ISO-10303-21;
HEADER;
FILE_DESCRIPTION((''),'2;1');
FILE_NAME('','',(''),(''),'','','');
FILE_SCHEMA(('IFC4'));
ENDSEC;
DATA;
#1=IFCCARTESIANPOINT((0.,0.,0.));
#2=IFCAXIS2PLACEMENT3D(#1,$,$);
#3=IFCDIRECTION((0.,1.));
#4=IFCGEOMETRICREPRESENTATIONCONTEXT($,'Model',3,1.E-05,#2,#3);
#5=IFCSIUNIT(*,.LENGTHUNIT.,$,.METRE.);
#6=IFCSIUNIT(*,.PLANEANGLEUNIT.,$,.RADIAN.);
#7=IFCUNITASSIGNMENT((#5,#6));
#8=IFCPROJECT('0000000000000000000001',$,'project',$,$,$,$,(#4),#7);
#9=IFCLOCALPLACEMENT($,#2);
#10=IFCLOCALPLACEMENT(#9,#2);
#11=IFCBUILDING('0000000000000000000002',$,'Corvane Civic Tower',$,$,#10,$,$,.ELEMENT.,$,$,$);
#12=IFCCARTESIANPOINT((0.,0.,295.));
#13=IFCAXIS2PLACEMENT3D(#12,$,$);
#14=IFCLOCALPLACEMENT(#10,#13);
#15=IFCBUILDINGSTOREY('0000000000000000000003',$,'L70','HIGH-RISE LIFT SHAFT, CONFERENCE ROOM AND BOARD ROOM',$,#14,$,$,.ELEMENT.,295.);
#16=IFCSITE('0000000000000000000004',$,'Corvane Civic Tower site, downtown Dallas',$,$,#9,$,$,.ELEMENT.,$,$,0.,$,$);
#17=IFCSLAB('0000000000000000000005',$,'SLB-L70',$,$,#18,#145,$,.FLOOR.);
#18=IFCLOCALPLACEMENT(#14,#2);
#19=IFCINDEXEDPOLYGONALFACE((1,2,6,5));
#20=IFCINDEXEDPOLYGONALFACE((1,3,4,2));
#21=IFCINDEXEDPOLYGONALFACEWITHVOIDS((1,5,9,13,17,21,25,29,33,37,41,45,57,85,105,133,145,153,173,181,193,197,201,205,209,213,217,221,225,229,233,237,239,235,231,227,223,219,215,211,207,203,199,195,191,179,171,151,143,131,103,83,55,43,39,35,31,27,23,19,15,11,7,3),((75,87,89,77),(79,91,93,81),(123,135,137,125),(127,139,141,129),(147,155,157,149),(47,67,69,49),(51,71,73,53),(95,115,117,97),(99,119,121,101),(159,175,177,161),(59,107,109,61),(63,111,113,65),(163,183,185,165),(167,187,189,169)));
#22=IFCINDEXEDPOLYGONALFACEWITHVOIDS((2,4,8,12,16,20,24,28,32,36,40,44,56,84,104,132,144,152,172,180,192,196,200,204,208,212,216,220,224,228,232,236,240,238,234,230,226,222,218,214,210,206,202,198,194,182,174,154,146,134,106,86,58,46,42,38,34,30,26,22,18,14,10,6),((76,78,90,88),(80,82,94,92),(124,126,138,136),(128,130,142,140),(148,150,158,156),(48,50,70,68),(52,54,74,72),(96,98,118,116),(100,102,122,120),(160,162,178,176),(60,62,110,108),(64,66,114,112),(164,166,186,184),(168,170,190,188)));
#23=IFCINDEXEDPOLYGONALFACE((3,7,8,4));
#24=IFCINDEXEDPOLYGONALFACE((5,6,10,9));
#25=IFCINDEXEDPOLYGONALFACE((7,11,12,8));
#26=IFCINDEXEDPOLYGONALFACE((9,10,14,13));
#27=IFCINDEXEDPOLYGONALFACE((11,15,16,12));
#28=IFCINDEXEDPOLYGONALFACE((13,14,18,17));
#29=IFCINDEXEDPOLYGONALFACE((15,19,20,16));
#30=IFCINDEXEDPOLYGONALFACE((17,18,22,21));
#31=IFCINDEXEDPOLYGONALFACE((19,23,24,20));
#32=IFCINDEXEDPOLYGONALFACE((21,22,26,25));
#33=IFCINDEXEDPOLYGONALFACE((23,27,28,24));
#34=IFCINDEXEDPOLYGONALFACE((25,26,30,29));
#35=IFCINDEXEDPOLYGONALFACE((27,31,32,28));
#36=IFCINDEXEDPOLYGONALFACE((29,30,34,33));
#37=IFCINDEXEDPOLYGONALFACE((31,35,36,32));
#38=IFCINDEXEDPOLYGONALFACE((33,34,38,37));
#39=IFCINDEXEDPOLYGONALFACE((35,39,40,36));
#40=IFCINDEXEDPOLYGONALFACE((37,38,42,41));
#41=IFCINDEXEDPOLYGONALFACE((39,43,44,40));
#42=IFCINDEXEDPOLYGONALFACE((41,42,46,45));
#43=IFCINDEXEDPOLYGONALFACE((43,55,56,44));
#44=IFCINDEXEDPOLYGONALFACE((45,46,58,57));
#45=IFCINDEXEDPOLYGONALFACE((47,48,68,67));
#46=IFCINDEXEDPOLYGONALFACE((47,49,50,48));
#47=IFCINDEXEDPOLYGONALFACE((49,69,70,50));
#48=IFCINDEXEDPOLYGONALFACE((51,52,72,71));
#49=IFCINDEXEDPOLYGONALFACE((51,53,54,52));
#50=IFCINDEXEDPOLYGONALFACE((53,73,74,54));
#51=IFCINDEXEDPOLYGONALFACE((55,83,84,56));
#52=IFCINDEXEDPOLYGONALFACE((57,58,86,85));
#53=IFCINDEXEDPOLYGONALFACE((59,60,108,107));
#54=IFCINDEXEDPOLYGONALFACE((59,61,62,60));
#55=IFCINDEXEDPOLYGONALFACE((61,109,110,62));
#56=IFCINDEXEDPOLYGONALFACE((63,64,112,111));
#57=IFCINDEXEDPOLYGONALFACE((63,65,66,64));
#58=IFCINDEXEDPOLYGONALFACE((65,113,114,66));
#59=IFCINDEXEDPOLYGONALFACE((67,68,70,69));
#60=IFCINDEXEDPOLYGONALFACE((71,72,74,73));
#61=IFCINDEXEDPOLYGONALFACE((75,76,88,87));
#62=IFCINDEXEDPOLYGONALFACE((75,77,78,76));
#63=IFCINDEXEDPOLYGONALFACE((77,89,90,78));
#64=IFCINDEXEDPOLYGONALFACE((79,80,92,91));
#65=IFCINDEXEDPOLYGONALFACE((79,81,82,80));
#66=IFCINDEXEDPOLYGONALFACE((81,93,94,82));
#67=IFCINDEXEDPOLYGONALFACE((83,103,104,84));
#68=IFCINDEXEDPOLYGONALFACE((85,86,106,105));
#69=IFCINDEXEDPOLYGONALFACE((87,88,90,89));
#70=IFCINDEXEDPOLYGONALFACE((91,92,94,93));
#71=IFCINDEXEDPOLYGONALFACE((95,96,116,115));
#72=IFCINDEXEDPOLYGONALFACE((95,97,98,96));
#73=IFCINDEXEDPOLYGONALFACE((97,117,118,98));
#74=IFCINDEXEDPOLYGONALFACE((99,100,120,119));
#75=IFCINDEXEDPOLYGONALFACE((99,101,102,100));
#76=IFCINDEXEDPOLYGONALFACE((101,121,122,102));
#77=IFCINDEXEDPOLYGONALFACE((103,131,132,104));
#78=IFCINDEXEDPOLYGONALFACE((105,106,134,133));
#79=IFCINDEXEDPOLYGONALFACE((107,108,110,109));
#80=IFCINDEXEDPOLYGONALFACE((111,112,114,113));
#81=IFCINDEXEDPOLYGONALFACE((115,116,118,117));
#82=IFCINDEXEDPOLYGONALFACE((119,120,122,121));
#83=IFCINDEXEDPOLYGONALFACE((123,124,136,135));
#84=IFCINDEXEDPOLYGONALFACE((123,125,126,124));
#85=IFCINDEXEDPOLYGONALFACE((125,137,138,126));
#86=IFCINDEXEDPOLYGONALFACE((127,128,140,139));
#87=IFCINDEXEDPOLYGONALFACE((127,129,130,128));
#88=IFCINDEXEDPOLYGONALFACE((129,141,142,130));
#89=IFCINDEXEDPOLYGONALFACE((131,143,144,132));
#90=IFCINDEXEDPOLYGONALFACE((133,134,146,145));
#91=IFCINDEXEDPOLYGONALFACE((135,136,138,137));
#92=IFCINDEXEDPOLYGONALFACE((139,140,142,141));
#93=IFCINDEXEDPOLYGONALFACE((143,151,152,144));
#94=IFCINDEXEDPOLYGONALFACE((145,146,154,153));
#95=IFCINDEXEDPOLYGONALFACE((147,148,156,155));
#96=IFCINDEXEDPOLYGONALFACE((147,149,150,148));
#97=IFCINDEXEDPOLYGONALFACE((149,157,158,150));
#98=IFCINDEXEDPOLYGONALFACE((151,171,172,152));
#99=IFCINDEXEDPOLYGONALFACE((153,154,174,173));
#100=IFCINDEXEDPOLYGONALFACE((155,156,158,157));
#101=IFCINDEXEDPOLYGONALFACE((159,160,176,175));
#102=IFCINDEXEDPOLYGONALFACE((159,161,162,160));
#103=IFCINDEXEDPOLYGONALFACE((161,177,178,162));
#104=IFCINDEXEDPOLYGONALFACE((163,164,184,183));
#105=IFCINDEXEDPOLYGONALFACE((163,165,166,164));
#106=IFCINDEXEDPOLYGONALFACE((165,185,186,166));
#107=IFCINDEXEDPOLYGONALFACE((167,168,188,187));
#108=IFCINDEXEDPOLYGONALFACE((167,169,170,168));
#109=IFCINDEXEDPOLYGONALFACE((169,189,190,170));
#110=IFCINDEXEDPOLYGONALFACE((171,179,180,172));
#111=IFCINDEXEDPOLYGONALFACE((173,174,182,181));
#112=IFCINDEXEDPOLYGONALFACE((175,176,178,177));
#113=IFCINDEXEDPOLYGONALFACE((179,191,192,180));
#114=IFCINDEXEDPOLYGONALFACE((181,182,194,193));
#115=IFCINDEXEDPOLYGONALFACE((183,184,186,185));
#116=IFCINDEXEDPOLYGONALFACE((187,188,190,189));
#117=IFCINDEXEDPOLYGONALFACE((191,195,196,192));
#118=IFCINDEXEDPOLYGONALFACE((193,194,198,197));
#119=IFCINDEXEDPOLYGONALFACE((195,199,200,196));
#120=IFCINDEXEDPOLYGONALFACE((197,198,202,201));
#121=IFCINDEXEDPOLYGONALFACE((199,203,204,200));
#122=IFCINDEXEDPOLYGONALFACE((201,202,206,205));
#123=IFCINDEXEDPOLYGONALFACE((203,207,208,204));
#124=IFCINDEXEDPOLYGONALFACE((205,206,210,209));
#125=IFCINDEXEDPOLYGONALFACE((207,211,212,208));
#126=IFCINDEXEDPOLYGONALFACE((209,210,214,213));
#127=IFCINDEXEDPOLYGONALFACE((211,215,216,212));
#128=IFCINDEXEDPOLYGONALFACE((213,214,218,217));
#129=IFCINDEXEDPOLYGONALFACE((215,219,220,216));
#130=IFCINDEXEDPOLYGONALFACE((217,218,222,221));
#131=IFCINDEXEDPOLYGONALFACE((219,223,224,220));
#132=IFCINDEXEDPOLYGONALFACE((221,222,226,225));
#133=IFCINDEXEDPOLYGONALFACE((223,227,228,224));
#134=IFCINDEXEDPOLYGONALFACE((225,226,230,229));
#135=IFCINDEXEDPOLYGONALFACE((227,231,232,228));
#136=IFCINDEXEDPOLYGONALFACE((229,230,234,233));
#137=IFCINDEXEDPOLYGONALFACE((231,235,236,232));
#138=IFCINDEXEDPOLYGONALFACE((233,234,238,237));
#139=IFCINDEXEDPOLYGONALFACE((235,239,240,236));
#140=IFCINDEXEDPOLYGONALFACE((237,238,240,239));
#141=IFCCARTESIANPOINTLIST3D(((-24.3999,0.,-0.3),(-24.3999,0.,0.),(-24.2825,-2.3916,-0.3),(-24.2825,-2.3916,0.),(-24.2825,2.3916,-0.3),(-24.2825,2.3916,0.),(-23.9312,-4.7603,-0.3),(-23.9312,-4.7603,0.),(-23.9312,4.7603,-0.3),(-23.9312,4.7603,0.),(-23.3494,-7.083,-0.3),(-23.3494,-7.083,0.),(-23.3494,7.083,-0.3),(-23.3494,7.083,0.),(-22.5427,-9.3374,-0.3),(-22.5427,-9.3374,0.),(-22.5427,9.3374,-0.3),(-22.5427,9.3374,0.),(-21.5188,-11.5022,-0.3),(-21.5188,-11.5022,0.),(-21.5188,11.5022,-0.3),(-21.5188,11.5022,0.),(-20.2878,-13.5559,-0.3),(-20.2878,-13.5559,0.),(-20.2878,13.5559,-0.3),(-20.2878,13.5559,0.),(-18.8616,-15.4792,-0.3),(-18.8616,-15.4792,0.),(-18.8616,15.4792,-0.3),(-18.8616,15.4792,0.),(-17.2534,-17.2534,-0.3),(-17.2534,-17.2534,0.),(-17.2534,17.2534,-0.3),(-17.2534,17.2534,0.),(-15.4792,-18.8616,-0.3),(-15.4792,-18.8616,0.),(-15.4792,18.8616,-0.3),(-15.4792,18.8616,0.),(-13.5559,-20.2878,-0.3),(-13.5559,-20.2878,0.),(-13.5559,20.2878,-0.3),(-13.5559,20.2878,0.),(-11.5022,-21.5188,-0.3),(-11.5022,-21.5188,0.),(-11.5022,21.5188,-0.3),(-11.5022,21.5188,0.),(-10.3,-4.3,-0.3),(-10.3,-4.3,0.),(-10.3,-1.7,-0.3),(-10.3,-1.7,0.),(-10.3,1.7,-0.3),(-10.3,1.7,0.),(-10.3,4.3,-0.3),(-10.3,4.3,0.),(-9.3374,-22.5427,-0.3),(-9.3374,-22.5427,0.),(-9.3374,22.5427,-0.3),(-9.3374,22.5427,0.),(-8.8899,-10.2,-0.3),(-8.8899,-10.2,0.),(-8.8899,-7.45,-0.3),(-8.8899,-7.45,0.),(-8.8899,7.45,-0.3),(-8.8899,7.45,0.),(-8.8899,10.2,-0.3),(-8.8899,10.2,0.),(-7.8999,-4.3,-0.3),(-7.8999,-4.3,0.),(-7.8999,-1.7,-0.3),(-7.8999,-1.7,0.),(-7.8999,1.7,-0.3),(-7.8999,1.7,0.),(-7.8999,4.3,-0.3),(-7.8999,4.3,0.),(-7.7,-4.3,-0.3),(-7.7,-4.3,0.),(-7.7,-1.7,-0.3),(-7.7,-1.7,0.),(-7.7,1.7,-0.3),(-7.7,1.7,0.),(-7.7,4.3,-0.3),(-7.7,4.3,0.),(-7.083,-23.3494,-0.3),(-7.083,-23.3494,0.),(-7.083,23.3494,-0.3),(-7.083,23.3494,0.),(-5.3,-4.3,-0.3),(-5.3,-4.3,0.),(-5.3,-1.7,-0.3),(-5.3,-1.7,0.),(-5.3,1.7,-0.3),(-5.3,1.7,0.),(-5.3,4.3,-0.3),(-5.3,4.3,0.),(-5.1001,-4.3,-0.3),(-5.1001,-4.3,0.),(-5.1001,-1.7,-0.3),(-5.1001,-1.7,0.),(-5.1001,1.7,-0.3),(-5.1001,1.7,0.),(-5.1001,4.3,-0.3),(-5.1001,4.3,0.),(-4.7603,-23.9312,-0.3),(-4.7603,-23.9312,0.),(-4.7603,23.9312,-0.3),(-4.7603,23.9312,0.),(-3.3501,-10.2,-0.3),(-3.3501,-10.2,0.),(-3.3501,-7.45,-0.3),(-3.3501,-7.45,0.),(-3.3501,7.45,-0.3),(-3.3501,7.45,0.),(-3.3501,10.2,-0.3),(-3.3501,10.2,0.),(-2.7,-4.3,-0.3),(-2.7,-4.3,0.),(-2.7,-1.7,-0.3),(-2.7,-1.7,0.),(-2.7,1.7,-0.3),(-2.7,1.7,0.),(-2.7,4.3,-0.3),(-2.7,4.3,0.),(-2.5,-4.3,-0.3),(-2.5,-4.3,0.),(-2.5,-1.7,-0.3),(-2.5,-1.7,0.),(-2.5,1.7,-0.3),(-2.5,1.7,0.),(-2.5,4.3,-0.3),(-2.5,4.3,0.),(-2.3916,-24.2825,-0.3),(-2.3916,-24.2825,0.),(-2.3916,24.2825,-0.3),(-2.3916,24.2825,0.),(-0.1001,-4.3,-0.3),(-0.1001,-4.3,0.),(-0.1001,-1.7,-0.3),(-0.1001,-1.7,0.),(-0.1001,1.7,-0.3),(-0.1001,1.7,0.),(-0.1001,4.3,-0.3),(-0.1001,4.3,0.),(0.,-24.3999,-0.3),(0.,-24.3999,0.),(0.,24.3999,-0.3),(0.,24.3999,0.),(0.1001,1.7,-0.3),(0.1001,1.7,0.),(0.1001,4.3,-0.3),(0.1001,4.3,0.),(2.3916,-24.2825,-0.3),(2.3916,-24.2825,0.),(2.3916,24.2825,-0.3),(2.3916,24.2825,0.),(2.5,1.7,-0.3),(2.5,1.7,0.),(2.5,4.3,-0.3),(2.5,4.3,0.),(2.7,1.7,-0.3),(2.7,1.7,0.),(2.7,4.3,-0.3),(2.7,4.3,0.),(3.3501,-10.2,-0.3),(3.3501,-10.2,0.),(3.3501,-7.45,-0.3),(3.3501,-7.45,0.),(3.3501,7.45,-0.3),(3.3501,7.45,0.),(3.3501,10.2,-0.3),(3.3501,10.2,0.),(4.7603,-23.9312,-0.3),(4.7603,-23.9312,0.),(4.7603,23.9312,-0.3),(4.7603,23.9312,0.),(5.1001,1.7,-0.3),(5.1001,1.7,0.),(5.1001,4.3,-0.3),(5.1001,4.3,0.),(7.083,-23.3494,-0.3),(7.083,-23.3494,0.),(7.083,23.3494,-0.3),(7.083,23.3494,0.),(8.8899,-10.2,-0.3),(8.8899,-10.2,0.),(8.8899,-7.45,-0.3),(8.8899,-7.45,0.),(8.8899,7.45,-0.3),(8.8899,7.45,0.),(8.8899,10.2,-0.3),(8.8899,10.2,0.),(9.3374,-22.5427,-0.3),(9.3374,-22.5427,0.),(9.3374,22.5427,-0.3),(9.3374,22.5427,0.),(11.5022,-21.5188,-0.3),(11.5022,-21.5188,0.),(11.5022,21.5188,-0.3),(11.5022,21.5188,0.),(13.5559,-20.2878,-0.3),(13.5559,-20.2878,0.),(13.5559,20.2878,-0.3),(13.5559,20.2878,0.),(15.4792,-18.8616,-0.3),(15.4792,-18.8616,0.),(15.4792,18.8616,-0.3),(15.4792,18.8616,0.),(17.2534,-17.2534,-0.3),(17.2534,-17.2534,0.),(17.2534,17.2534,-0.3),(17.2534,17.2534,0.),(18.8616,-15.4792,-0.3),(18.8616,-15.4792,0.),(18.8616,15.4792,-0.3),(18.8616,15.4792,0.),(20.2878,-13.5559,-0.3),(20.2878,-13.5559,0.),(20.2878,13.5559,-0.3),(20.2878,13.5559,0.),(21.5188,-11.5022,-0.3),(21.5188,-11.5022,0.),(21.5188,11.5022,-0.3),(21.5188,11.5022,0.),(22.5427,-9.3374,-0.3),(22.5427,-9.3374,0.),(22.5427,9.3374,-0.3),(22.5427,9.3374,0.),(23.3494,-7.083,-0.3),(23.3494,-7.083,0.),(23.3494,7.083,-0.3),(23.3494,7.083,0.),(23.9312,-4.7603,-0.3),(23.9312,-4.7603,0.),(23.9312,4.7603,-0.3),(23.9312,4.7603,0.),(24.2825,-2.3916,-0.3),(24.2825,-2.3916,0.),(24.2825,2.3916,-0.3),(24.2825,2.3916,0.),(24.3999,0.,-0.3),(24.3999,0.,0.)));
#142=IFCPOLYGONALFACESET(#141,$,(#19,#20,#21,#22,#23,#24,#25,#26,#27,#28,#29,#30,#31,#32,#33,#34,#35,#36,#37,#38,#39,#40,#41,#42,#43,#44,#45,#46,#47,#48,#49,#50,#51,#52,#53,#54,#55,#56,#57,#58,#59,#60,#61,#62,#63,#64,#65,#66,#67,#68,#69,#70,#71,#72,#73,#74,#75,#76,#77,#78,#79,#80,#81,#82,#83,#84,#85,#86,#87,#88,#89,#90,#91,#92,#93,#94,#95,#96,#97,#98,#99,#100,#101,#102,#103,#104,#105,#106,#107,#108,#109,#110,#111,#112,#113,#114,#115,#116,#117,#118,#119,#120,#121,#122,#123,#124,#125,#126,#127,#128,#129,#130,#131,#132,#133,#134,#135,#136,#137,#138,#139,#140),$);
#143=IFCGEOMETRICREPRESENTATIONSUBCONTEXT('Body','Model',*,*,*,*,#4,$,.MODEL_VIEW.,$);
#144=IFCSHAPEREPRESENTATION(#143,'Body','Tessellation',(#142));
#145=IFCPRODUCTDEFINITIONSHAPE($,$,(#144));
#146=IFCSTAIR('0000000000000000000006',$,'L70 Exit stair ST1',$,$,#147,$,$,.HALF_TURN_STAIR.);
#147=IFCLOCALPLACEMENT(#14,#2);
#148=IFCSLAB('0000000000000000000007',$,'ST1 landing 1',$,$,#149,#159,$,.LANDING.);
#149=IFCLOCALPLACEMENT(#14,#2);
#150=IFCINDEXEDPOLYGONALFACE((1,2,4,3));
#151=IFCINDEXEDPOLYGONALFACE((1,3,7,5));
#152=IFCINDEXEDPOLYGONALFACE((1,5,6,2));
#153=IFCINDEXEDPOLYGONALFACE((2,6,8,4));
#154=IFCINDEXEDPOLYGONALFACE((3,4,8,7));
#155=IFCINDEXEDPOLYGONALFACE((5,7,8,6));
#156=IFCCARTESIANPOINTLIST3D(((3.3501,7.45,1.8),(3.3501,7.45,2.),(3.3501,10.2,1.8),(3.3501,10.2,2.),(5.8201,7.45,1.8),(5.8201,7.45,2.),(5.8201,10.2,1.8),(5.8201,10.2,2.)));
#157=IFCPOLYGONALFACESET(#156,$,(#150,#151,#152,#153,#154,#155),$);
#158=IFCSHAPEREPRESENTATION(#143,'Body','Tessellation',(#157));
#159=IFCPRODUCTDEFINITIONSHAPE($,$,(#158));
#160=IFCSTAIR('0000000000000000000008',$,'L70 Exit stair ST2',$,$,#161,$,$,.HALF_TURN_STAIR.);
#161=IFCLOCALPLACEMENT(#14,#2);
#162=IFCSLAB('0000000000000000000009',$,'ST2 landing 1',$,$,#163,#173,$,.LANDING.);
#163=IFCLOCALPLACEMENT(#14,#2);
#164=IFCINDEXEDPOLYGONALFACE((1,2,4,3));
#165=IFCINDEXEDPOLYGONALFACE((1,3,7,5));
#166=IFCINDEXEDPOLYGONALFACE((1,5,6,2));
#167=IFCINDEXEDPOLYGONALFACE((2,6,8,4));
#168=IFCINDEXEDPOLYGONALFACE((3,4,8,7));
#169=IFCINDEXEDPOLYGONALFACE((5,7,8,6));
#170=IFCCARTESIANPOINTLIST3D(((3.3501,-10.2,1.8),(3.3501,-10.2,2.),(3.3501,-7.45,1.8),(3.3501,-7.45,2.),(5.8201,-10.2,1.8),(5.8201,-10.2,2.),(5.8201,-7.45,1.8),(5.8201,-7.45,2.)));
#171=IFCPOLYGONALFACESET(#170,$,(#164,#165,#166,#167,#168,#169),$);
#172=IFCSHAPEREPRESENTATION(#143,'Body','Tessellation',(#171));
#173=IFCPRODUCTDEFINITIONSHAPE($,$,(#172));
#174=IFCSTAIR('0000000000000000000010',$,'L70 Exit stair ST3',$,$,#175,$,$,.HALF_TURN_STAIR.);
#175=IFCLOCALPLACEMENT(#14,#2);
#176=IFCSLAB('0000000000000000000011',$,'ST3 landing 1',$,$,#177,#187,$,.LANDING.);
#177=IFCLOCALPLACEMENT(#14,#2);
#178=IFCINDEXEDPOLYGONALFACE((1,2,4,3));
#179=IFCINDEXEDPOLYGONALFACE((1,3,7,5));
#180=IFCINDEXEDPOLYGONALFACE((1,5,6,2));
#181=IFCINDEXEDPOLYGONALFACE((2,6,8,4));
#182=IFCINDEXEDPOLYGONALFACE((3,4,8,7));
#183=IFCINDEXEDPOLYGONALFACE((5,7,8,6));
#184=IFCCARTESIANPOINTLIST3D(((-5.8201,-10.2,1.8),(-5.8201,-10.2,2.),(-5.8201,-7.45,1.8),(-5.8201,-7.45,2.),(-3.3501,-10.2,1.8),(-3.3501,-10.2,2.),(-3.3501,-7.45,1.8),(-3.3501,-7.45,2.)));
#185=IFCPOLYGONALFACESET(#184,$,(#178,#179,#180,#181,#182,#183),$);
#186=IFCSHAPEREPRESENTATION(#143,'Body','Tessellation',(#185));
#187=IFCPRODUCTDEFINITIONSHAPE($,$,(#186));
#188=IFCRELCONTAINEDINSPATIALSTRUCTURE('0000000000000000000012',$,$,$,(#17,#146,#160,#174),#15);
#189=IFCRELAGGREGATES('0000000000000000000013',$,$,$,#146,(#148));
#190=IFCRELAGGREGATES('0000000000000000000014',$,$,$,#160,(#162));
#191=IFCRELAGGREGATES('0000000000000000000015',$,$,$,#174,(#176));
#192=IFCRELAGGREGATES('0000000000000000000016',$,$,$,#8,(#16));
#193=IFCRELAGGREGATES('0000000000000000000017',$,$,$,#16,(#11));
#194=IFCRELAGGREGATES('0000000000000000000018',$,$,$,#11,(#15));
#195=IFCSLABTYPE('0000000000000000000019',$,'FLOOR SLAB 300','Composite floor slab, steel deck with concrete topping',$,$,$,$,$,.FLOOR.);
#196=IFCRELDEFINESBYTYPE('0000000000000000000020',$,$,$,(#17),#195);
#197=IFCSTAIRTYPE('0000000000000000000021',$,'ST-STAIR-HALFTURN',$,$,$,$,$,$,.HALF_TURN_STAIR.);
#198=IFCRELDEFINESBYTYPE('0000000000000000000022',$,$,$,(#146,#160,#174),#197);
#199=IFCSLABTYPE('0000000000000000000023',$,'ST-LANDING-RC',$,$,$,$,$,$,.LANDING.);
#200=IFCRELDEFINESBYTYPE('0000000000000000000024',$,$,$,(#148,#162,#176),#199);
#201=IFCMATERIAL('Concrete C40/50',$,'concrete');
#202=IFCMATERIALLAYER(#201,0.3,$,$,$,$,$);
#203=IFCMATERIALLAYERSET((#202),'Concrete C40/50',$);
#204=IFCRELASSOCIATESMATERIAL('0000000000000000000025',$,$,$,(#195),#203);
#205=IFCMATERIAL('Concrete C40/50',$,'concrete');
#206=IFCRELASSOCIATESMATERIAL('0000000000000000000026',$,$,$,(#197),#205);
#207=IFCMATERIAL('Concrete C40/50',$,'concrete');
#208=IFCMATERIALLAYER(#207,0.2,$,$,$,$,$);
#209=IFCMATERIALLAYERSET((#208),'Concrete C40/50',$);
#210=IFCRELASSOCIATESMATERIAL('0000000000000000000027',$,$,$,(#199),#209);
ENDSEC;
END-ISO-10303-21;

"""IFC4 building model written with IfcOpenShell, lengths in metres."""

from ifc_helpers import new_model, si_unit, direction, frame, origin, place, context, subcontext, project, spatial, polyline, outline, extrude, material, layer, layer_set, type_object, element, aggregate, save


model = new_model("IFC4")

# Units and contexts
model_context = context("Model", 3, precision=1e-05, world=origin(), true_north=direction((0.0, 1.0)))
body_context = subcontext(model_context, "Body", "Model", "MODEL_VIEW")
ifc_project = project(units=[si_unit("LENGTHUNIT", "METRE"), si_unit("PLANEANGLEUNIT", "RADIAN")], contexts=[model_context])

# Site, building, storey
site_placement = place(None, origin())
site = spatial("IfcSite", under=ifc_project, at=site_placement, Name="Corvane Civic Tower site, downtown Dallas", CompositionType="ELEMENT", RefElevation=0.0)
building_placement = place(site_placement, origin())
building = spatial("IfcBuilding", under=site, at=building_placement, Name="Corvane Civic Tower", CompositionType="ELEMENT")
storey_placement = place(building_placement, frame((0.0, 0.0, 295.0)))
storey = spatial("IfcBuildingStorey", under=building, at=storey_placement, Name="L70", Description="HIGH-RISE LIFT SHAFT, CONFERENCE ROOM AND BOARD ROOM", CompositionType="ELEMENT", Elevation=295.0)

# Slab
ifc_material_1 = material(Name="Concrete C40/50", Category="concrete")
ifc_layer_1 = layer(ifc_material_1, 0.3)
ifc_layer_set_1 = layer_set([ifc_layer_1], Name="Concrete C40/50")
slab_type_1 = type_object("IfcSlabType", Name="FLOOR SLAB 300", Description="Composite floor slab, steel deck with concrete topping", PredefinedType="FLOOR", material=ifc_layer_set_1)
slab_1_placement = place(storey_placement, frame((0.0, 0.0, -0.3)))
element("IfcSlab", 1, at=slab_1_placement, inside=storey, type_object=slab_type_1, Name="SLB-L70", PredefinedType="FLOOR", context=body_context, shape_type="SweptSolid", body=[
    extrude(outline(polyline([(0.0, 24.3999), (-2.3916, 24.2825), (-4.7603, 23.9312), (-7.083, 23.3494), (-9.3374, 22.5427), (-11.5022, 21.5188), (-13.5559, 20.2878), (-15.4792, 18.8616), (-17.2534, 17.2534), (-18.8616, 15.4792), (-20.2878, 13.5559), (-21.5188, 11.5022), (-22.5427, 9.3374), (-23.3494, 7.083), (-23.9312, 4.7603), (-24.2825, 2.3916), (-24.3999, 0.0), (-24.2825, -2.3916), (-23.9312, -4.7603), (-23.3494, -7.083), (-22.5427, -9.3374), (-21.5188, -11.5022), (-20.2878, -13.5559), (-18.8616, -15.4792), (-17.2534, -17.2534), (-15.4792, -18.8616), (-13.5559, -20.2878), (-11.5022, -21.5188), (-9.3374, -22.5427), (-7.083, -23.3494), (-4.7603, -23.9312), (-2.3916, -24.2825), (0.0, -24.3999), (2.3916, -24.2825), (4.7603, -23.9312), (7.083, -23.3494), (9.3374, -22.5427), (11.5022, -21.5188), (13.5559, -20.2878), (15.4792, -18.8616), (17.2534, -17.2534), (18.8616, -15.4792), (20.2878, -13.5559), (21.5188, -11.5022), (22.5427, -9.3374), (23.3494, -7.083), (23.9312, -4.7603), (24.2825, -2.3916), (24.3999, 0.0), (24.2825, 2.3916), (23.9312, 4.7603), (23.3494, 7.083), (22.5427, 9.3374), (21.5188, 11.5022), (20.2878, 13.5559), (18.8616, 15.4792), (17.2534, 17.2534), (15.4792, 18.8616), (13.5559, 20.2878), (11.5022, 21.5188), (9.3374, 22.5427), (7.083, 23.3494), (4.7603, 23.9312), (2.3916, 24.2825), (0.0, 24.3999)]), holes=[polyline([(-10.3, 4.3), (-7.8999, 4.3), (-7.8999, 1.7), (-10.3, 1.7), (-10.3, 4.3)]), polyline([(-7.7, 4.3), (-5.3, 4.3), (-5.3, 1.7), (-7.7, 1.7), (-7.7, 4.3)]), polyline([(-5.1001, 4.3), (-2.7, 4.3), (-2.7, 1.7), (-5.1001, 1.7), (-5.1001, 4.3)]), polyline([(-2.5, 1.7), (-2.5, 4.3), (-0.1001, 4.3), (-0.1001, 1.7), (-2.5, 1.7)]), polyline([(0.1001, 1.7), (0.1001, 4.3), (2.5, 4.3), (2.5, 1.7), (0.1001, 1.7)]), polyline([(2.7, 1.7), (2.7, 4.3), (5.1001, 4.3), (5.1001, 1.7), (2.7, 1.7)]), polyline([(-10.3, -4.3), (-10.3, -1.7), (-7.8999, -1.7), (-7.8999, -4.3), (-10.3, -4.3)]), polyline([(-7.7, -4.3), (-7.7, -1.7), (-5.3, -1.7), (-5.3, -4.3), (-7.7, -4.3)]), polyline([(-5.1001, -4.3), (-5.1001, -1.7), (-2.7, -1.7), (-2.7, -4.3), (-5.1001, -4.3)]), polyline([(-2.5, -4.3), (-2.5, -1.7), (-0.1001, -1.7), (-0.1001, -4.3), (-2.5, -4.3)]), polyline([(8.8899, 10.2), (8.8899, 7.45), (3.3501, 7.45), (3.3501, 10.2), (8.8899, 10.2)]), polyline([(-8.8899, 7.45), (-8.8899, 10.2), (-3.3501, 10.2), (-3.3501, 7.45), (-8.8899, 7.45)]), polyline([(8.8899, -7.45), (8.8899, -10.2), (3.3501, -10.2), (3.3501, -7.45), (8.8899, -7.45)]), polyline([(-8.8899, -10.2), (-8.8899, -7.45), (-3.3501, -7.45), (-3.3501, -10.2), (-8.8899, -10.2)])]), origin(), (0.0, 0.0, 1.0), 0.3),
])

# Stairs, slabs
ifc_material_2 = material(Name="Concrete C40/50", Category="concrete")
stair_type = type_object("IfcStairType", Name="ST-STAIR-HALFTURN", PredefinedType="HALF_TURN_STAIR", material=ifc_material_2)
stair_1_placement = place(storey_placement, origin())
stair_1 = element("IfcStair", 2, at=stair_1_placement, inside=storey, type_object=stair_type, Name="L70 Exit stair ST1", PredefinedType="HALF_TURN_STAIR")
ifc_material_3 = material(Name="Concrete C40/50", Category="concrete")
ifc_layer_2 = layer(ifc_material_3, 0.2)
ifc_layer_set_2 = layer_set([ifc_layer_2], Name="Concrete C40/50")
slab_type_2 = type_object("IfcSlabType", Name="ST-LANDING-RC", PredefinedType="LANDING", material=ifc_layer_set_2)
slab_2_placement = place(storey_placement, frame((0.0, 0.0, 1.8)))
slab_2 = element("IfcSlab", 3, at=slab_2_placement, type_object=slab_type_2, Name="ST1 landing 1", PredefinedType="LANDING", context=body_context, shape_type="SweptSolid", body=[
    extrude(outline(polyline([(5.8201, 10.2), (3.3501, 10.2), (3.3501, 7.45), (5.8201, 7.45), (5.8201, 10.2)])), origin(), (0.0, 0.0, 1.0), 0.2),
])
aggregate(stair_1, [slab_2])
stair_2_placement = place(storey_placement, origin())
stair_2 = element("IfcStair", 4, at=stair_2_placement, inside=storey, type_object=stair_type, Name="L70 Exit stair ST2", PredefinedType="HALF_TURN_STAIR")
slab_3_placement = place(storey_placement, frame((0.0, 0.0, 1.8)))
slab_3 = element("IfcSlab", 5, at=slab_3_placement, type_object=slab_type_2, Name="ST2 landing 1", PredefinedType="LANDING", context=body_context, shape_type="SweptSolid", body=[
    extrude(outline(polyline([(5.8201, -7.45), (3.3501, -7.45), (3.3501, -10.2), (5.8201, -10.2), (5.8201, -7.45)])), origin(), (0.0, 0.0, 1.0), 0.2),
])
aggregate(stair_2, [slab_3])
stair_3_placement = place(storey_placement, origin())
stair_3 = element("IfcStair", 6, at=stair_3_placement, inside=storey, type_object=stair_type, Name="L70 Exit stair ST3", PredefinedType="HALF_TURN_STAIR")
slab_4_placement = place(storey_placement, frame((0.0, 0.0, 1.8)))
slab_4 = element("IfcSlab", 7, at=slab_4_placement, type_object=slab_type_2, Name="ST3 landing 1", PredefinedType="LANDING", context=body_context, shape_type="SweptSolid", body=[
    extrude(outline(polyline([(-5.8201, -10.2), (-3.3501, -10.2), (-3.3501, -7.45), (-5.8201, -7.45), (-5.8201, -10.2)])), origin(), (0.0, 0.0, 1.0), 0.2),
])
aggregate(stair_3, [slab_4])

save(model, "model.ifc")
